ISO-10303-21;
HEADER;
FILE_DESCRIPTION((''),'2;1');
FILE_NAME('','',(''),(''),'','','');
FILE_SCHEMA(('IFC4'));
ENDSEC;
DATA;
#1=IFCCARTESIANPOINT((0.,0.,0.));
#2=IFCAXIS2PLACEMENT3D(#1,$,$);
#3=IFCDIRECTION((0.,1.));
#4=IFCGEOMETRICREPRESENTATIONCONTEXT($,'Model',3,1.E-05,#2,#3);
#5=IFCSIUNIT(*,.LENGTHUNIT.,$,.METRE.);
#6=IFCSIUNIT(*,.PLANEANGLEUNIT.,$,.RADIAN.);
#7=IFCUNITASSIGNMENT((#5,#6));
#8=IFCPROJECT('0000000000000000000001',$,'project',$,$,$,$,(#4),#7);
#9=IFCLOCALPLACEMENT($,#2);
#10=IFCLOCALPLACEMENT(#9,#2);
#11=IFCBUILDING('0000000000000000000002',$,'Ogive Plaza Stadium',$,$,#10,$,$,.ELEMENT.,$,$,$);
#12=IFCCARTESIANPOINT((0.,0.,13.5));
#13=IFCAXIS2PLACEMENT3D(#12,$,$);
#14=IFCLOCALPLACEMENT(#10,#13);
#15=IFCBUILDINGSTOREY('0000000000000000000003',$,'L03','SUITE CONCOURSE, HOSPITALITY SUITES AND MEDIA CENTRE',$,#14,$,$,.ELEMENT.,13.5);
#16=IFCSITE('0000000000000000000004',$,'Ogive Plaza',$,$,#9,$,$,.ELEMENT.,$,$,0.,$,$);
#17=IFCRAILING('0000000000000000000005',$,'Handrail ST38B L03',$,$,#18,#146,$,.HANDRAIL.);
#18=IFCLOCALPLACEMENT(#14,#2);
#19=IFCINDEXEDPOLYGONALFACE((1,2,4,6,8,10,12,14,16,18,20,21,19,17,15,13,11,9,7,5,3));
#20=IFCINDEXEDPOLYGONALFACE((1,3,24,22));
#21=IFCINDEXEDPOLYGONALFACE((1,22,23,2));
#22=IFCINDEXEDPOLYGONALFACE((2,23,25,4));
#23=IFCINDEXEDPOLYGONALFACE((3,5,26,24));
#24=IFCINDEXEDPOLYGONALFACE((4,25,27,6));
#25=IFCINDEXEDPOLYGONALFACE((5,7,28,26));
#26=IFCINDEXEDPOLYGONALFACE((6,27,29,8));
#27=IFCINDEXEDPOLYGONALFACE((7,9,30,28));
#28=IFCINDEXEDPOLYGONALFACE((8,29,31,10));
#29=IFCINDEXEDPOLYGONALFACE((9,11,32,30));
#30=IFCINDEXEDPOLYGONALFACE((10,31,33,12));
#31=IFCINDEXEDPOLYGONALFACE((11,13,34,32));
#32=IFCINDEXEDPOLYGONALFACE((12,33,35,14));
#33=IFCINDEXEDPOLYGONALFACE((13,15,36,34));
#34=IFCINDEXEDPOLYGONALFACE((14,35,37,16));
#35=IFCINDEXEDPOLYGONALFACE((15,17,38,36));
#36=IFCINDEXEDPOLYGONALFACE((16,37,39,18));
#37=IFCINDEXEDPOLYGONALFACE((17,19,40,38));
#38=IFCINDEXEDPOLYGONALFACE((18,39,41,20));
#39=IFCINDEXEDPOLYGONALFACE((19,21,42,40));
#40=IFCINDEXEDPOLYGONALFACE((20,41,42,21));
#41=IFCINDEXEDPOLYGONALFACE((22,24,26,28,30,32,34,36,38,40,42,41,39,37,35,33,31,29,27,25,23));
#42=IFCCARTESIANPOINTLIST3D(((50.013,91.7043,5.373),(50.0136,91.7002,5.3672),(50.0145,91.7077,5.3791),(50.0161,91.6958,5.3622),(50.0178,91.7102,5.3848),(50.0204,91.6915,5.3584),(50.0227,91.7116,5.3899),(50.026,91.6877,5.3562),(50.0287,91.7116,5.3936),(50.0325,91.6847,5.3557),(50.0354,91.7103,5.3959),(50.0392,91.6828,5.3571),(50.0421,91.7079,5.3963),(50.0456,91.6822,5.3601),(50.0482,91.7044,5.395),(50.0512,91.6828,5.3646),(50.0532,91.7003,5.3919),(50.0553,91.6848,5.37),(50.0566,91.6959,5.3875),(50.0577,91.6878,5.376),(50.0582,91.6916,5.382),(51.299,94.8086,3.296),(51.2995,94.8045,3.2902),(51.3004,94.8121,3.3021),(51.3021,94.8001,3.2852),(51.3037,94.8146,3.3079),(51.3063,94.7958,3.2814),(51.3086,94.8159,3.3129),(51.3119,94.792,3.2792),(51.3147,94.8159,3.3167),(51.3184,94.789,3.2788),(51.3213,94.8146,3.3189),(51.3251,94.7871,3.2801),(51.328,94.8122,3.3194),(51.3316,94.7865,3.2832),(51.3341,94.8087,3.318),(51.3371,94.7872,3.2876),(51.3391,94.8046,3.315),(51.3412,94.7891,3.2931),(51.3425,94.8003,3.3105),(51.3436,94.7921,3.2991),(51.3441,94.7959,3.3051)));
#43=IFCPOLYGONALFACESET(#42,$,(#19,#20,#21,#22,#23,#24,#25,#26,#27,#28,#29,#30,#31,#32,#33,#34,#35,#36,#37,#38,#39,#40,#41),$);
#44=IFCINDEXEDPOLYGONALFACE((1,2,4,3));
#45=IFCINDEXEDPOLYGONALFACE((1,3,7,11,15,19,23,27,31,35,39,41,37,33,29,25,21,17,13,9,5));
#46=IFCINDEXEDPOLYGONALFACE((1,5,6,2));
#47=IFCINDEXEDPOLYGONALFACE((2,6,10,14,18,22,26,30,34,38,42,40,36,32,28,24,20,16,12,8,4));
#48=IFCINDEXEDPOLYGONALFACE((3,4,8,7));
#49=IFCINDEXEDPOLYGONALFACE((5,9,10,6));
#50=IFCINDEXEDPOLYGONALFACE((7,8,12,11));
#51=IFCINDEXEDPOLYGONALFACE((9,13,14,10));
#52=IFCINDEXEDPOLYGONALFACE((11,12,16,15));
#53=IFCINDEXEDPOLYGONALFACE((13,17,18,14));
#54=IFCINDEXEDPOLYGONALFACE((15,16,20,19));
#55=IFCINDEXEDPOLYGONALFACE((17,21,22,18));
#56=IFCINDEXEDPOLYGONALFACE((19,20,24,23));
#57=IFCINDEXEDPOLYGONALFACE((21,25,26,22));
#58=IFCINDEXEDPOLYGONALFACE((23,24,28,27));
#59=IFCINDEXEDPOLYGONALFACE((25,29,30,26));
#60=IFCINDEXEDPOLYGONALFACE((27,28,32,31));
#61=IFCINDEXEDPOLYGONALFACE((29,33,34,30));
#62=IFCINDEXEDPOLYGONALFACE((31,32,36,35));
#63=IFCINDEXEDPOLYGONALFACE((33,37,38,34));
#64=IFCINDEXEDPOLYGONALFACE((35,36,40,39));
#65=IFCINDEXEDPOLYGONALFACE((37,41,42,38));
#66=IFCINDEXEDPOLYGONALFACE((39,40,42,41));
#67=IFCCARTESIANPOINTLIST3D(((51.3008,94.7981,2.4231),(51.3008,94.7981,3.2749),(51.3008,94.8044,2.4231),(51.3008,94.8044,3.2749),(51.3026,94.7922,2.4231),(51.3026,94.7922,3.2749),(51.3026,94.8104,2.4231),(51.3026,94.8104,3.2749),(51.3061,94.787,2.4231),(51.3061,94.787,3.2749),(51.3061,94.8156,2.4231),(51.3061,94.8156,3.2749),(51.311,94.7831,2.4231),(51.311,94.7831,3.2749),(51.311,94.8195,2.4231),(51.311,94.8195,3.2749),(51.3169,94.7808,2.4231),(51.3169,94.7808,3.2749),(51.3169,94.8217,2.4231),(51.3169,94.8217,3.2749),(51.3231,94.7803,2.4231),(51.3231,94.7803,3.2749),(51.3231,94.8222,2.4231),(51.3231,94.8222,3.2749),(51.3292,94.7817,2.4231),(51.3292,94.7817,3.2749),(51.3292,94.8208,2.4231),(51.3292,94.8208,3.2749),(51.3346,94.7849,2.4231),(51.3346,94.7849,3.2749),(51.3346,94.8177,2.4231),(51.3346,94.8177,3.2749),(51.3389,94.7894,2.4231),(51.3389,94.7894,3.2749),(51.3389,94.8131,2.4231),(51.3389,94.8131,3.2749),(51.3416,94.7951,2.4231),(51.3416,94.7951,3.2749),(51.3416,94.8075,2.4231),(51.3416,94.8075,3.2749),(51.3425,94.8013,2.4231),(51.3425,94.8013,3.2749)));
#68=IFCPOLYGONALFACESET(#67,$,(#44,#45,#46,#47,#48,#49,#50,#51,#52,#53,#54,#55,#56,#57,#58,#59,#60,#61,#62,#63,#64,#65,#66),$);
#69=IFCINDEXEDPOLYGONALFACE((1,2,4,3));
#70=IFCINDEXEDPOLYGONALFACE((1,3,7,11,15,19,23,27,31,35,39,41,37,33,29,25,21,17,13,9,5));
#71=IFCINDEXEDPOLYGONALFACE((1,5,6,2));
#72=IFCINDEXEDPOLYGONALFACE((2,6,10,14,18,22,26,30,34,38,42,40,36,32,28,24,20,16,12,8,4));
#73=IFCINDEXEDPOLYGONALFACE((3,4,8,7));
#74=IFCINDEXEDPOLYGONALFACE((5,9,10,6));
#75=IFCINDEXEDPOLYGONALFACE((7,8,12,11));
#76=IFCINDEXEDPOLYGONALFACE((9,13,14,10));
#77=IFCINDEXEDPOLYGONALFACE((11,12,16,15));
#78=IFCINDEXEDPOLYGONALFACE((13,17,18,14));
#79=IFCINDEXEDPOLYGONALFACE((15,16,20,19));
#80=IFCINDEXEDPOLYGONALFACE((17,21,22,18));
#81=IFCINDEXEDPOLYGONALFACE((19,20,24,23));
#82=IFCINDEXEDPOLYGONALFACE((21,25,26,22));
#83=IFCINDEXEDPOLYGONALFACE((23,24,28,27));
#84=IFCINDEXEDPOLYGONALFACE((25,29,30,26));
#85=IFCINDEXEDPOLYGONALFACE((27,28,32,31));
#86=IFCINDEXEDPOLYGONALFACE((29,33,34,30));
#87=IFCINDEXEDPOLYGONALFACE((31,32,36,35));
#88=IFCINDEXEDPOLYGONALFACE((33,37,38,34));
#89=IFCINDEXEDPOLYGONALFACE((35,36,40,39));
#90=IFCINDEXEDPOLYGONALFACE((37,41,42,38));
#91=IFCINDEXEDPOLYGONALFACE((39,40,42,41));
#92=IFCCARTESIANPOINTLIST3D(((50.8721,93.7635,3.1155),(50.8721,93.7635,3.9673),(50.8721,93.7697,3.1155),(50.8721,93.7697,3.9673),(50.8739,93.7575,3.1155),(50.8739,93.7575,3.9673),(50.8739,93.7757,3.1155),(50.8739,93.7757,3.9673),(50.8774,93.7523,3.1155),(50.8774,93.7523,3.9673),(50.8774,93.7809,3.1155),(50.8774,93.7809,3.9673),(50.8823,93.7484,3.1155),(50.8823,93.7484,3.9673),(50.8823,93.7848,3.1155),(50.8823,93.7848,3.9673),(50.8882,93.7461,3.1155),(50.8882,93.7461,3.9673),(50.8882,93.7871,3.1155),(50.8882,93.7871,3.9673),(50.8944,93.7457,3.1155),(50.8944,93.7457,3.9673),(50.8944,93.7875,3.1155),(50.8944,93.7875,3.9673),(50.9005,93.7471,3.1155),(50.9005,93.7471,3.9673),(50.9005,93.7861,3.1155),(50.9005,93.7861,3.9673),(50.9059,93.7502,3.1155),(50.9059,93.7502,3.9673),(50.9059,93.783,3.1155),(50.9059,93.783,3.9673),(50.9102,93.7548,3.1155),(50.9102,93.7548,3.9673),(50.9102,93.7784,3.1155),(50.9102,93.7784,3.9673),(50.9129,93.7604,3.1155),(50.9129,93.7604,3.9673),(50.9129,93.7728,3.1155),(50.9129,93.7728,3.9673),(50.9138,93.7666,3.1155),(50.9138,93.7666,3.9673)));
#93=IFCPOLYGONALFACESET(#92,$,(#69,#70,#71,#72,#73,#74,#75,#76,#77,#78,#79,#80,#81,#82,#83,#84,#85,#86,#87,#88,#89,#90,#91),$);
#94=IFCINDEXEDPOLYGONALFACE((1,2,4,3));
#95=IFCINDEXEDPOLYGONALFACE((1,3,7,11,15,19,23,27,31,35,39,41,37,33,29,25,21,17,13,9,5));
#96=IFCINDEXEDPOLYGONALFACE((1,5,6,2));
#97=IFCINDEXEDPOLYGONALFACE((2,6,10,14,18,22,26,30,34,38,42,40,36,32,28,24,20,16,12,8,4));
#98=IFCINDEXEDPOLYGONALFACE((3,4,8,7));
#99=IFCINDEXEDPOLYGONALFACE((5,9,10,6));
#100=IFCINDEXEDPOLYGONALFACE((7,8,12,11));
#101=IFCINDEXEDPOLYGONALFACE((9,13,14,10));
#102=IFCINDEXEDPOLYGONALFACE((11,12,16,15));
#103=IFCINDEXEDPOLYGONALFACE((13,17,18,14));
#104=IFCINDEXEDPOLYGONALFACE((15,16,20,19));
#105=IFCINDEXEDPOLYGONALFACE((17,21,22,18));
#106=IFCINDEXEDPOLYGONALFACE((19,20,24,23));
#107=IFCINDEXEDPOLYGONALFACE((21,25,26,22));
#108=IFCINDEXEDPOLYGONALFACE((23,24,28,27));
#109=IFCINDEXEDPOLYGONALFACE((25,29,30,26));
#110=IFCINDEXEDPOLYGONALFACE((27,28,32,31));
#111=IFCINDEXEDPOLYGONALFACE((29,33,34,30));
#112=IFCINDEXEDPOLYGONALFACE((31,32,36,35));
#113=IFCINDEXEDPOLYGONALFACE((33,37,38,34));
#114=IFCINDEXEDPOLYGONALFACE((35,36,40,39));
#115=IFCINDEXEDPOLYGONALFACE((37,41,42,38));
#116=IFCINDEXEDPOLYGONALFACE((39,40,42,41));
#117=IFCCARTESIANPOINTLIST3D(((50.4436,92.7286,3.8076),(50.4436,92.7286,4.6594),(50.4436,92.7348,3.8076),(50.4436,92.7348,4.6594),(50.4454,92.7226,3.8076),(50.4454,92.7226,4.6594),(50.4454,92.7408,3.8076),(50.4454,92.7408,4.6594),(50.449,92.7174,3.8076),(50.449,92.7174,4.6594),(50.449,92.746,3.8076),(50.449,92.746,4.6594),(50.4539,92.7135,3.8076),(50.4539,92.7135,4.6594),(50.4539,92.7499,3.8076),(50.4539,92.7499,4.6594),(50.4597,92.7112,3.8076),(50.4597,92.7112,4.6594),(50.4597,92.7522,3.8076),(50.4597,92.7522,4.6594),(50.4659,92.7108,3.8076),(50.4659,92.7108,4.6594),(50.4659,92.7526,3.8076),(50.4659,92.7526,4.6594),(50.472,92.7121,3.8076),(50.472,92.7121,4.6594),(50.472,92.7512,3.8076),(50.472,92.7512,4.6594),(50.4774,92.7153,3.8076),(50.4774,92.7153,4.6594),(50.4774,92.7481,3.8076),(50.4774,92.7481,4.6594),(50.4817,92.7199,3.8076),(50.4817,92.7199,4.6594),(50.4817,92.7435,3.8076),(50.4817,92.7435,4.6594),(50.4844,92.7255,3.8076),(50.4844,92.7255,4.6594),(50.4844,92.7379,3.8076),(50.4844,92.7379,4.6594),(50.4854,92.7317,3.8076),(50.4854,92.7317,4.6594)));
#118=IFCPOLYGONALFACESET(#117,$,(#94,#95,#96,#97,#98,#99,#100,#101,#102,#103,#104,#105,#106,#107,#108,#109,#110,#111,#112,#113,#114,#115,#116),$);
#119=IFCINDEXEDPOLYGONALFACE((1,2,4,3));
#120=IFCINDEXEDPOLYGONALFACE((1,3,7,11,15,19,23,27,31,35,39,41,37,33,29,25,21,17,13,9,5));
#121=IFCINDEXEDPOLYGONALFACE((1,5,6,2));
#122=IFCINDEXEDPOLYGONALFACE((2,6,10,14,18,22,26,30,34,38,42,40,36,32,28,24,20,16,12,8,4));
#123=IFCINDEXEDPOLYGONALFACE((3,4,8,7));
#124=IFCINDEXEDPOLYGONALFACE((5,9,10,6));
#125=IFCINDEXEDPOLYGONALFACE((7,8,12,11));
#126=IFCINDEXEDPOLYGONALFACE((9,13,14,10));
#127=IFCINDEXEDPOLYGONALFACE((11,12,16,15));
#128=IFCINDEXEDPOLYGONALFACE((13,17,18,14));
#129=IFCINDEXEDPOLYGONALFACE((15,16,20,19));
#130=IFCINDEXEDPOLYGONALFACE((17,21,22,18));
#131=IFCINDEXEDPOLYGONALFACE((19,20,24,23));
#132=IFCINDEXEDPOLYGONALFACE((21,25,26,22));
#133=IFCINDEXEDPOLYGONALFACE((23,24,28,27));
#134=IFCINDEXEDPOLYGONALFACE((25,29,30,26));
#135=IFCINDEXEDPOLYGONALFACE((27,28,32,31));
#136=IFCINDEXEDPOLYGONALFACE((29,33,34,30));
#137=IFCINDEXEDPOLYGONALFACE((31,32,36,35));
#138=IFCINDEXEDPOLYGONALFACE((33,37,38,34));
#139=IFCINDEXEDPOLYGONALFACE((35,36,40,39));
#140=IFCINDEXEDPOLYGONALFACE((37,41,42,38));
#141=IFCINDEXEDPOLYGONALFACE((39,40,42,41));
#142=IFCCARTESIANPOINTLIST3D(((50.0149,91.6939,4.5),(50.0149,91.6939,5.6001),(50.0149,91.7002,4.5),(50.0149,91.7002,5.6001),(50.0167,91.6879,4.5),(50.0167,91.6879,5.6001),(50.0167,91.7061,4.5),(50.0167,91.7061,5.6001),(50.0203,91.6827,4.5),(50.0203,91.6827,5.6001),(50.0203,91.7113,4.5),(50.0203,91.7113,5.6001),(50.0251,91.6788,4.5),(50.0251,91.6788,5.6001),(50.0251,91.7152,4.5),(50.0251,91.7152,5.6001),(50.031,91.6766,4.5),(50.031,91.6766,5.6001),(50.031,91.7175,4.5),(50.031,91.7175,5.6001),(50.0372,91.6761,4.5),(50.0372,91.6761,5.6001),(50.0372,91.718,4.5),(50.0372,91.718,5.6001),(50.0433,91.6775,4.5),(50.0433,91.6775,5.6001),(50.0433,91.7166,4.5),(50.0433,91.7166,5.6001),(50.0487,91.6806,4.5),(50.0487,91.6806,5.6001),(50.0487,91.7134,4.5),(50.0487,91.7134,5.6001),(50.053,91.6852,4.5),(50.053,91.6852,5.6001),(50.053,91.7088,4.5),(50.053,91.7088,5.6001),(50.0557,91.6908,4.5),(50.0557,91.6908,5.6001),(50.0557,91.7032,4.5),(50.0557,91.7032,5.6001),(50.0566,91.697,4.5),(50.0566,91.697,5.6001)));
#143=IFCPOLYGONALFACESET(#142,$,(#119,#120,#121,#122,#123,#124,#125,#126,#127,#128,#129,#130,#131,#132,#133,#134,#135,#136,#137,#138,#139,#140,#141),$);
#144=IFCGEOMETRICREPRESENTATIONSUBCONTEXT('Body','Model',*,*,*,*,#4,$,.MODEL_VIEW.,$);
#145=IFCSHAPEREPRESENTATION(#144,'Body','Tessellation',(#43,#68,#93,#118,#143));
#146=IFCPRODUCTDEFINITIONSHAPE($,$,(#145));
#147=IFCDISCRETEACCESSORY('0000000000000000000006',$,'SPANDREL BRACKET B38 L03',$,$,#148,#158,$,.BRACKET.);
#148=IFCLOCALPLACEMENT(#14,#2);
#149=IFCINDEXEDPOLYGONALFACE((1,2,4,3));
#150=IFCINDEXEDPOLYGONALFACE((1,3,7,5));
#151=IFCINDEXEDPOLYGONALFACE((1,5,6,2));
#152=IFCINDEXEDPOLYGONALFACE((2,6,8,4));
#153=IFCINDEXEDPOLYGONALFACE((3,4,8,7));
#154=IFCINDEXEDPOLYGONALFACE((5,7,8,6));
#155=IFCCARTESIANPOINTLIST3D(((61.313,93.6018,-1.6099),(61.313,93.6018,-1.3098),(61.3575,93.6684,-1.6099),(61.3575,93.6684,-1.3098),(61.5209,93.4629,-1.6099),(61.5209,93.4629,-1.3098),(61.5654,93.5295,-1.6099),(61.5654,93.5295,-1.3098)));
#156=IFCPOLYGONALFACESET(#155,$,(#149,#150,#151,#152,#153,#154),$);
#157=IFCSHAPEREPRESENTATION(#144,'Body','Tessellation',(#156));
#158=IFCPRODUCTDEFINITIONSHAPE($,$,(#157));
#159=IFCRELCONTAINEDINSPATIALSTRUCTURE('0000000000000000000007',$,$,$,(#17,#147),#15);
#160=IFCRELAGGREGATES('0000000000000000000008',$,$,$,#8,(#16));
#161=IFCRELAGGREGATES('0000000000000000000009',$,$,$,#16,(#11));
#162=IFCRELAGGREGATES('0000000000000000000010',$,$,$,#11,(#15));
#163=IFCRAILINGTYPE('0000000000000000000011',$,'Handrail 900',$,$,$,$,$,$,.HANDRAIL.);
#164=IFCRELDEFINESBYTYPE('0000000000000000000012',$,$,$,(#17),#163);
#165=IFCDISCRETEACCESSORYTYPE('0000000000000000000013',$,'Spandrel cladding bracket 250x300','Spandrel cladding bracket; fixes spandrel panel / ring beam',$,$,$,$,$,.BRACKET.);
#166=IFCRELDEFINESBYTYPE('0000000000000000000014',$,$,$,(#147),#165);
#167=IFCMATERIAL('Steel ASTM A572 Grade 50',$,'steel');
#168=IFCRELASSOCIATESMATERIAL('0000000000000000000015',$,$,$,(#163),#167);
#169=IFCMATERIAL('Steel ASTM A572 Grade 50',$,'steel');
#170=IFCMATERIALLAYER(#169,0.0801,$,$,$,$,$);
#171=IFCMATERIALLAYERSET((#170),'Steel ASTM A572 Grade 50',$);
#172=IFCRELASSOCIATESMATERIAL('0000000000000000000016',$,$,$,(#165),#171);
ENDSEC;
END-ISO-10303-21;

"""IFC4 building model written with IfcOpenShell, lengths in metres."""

from ifc_helpers import new_model, si_unit, direction, frame, origin, origin_2d, place, context, subcontext, project, spatial, rectangle, circle, extrude, material, layer, layer_set, type_object, element, save


model = new_model("IFC4")

# Units and contexts
model_context = context("Model", 3, precision=1e-05, world=origin(), true_north=direction((0.0, 1.0)))
body_context = subcontext(model_context, "Body", "Model", "MODEL_VIEW")
ifc_project = project(units=[si_unit("LENGTHUNIT", "METRE"), si_unit("PLANEANGLEUNIT", "RADIAN")], contexts=[model_context])

# Site, building, storey
site_placement = place(None, origin())
site = spatial("IfcSite", under=ifc_project, at=site_placement, Name="Ogive Plaza", CompositionType="ELEMENT", RefElevation=0.0)
building_placement = place(site_placement, origin())
building = spatial("IfcBuilding", under=site, at=building_placement, Name="Ogive Plaza Stadium", CompositionType="ELEMENT")
storey_placement = place(building_placement, frame((0.0, 0.0, 13.5)))
storey = spatial("IfcBuildingStorey", under=building, at=storey_placement, Name="L03", Description="SUITE CONCOURSE, HOSPITALITY SUITES AND MEDIA CENTRE", CompositionType="ELEMENT", Elevation=13.5)

# Railing
ifc_material_1 = material(Name="Steel ASTM A572 Grade 50", Category="steel")
railing_type_1 = type_object("IfcRailingType", Name="Handrail 900", PredefinedType="HANDRAIL", material=ifc_material_1)
railing_1_placement = place(storey_placement, frame((51.3215, 94.8013, 2.4231)))
element("IfcRailing", 1, at=railing_1_placement, inside=storey, type_object=railing_type_1, Name="Handrail ST38B L03", PredefinedType="HANDRAIL", context=body_context, shape_type="SweptSolid", body=[
    extrude(circle(Radius=0.0239, at=origin_2d()), frame((0.0, 0.0, 0.876), z_axis=(-0.325532, -0.785863, 0.525783), x_axis=(0.923872, -0.3827, 0.0)), (0.0, 0.0, 1.0), 3.9502),
    extrude(circle(Radius=0.021, at=origin_2d()), origin(), (0.0, 0.0, 1.0), 0.8518),
    extrude(circle(Radius=0.021, at=origin_2d()), frame((-0.4287, -1.0347, 0.6924)), (0.0, 0.0, 1.0), 0.8518),
    extrude(circle(Radius=0.021, at=origin_2d()), frame((-0.8572, -2.0696, 1.3845)), (0.0, 0.0, 1.0), 0.8518),
    extrude(circle(Radius=0.021, at=origin_2d()), frame((-1.2859, -3.1042, 2.0769)), (0.0, 0.0, 1.0), 1.1001),
])

# Discrete accessory
ifc_material_2 = material(Name="Steel ASTM A572 Grade 50", Category="steel")
ifc_layer_1 = layer(ifc_material_2, 0.0801)
ifc_layer_set_1 = layer_set([ifc_layer_1], Name="Steel ASTM A572 Grade 50")
discrete_accessory_type = type_object("IfcDiscreteAccessoryType", Name="Spandrel cladding bracket 250x300", Description="Spandrel cladding bracket; fixes spandrel panel / ring beam", PredefinedType="BRACKET", material=ifc_layer_set_1)
discrete_accessory_placement = place(storey_placement, frame((61.4392, 93.5657, -1.6099), z_axis=(0.0, 0.0, 1.0), x_axis=(0.83147, -0.55557, 0.0)))
element("IfcDiscreteAccessory", 2, at=discrete_accessory_placement, inside=storey, type_object=discrete_accessory_type, Name="SPANDREL BRACKET B38 L03", PredefinedType="BRACKET", context=body_context, shape_type="SweptSolid", body=[
    extrude(rectangle(XDim=0.25, YDim=0.0801, at=origin_2d()), origin(), (0.0, 0.0, 1.0), 0.3),
])

save(model, "model.ifc")
